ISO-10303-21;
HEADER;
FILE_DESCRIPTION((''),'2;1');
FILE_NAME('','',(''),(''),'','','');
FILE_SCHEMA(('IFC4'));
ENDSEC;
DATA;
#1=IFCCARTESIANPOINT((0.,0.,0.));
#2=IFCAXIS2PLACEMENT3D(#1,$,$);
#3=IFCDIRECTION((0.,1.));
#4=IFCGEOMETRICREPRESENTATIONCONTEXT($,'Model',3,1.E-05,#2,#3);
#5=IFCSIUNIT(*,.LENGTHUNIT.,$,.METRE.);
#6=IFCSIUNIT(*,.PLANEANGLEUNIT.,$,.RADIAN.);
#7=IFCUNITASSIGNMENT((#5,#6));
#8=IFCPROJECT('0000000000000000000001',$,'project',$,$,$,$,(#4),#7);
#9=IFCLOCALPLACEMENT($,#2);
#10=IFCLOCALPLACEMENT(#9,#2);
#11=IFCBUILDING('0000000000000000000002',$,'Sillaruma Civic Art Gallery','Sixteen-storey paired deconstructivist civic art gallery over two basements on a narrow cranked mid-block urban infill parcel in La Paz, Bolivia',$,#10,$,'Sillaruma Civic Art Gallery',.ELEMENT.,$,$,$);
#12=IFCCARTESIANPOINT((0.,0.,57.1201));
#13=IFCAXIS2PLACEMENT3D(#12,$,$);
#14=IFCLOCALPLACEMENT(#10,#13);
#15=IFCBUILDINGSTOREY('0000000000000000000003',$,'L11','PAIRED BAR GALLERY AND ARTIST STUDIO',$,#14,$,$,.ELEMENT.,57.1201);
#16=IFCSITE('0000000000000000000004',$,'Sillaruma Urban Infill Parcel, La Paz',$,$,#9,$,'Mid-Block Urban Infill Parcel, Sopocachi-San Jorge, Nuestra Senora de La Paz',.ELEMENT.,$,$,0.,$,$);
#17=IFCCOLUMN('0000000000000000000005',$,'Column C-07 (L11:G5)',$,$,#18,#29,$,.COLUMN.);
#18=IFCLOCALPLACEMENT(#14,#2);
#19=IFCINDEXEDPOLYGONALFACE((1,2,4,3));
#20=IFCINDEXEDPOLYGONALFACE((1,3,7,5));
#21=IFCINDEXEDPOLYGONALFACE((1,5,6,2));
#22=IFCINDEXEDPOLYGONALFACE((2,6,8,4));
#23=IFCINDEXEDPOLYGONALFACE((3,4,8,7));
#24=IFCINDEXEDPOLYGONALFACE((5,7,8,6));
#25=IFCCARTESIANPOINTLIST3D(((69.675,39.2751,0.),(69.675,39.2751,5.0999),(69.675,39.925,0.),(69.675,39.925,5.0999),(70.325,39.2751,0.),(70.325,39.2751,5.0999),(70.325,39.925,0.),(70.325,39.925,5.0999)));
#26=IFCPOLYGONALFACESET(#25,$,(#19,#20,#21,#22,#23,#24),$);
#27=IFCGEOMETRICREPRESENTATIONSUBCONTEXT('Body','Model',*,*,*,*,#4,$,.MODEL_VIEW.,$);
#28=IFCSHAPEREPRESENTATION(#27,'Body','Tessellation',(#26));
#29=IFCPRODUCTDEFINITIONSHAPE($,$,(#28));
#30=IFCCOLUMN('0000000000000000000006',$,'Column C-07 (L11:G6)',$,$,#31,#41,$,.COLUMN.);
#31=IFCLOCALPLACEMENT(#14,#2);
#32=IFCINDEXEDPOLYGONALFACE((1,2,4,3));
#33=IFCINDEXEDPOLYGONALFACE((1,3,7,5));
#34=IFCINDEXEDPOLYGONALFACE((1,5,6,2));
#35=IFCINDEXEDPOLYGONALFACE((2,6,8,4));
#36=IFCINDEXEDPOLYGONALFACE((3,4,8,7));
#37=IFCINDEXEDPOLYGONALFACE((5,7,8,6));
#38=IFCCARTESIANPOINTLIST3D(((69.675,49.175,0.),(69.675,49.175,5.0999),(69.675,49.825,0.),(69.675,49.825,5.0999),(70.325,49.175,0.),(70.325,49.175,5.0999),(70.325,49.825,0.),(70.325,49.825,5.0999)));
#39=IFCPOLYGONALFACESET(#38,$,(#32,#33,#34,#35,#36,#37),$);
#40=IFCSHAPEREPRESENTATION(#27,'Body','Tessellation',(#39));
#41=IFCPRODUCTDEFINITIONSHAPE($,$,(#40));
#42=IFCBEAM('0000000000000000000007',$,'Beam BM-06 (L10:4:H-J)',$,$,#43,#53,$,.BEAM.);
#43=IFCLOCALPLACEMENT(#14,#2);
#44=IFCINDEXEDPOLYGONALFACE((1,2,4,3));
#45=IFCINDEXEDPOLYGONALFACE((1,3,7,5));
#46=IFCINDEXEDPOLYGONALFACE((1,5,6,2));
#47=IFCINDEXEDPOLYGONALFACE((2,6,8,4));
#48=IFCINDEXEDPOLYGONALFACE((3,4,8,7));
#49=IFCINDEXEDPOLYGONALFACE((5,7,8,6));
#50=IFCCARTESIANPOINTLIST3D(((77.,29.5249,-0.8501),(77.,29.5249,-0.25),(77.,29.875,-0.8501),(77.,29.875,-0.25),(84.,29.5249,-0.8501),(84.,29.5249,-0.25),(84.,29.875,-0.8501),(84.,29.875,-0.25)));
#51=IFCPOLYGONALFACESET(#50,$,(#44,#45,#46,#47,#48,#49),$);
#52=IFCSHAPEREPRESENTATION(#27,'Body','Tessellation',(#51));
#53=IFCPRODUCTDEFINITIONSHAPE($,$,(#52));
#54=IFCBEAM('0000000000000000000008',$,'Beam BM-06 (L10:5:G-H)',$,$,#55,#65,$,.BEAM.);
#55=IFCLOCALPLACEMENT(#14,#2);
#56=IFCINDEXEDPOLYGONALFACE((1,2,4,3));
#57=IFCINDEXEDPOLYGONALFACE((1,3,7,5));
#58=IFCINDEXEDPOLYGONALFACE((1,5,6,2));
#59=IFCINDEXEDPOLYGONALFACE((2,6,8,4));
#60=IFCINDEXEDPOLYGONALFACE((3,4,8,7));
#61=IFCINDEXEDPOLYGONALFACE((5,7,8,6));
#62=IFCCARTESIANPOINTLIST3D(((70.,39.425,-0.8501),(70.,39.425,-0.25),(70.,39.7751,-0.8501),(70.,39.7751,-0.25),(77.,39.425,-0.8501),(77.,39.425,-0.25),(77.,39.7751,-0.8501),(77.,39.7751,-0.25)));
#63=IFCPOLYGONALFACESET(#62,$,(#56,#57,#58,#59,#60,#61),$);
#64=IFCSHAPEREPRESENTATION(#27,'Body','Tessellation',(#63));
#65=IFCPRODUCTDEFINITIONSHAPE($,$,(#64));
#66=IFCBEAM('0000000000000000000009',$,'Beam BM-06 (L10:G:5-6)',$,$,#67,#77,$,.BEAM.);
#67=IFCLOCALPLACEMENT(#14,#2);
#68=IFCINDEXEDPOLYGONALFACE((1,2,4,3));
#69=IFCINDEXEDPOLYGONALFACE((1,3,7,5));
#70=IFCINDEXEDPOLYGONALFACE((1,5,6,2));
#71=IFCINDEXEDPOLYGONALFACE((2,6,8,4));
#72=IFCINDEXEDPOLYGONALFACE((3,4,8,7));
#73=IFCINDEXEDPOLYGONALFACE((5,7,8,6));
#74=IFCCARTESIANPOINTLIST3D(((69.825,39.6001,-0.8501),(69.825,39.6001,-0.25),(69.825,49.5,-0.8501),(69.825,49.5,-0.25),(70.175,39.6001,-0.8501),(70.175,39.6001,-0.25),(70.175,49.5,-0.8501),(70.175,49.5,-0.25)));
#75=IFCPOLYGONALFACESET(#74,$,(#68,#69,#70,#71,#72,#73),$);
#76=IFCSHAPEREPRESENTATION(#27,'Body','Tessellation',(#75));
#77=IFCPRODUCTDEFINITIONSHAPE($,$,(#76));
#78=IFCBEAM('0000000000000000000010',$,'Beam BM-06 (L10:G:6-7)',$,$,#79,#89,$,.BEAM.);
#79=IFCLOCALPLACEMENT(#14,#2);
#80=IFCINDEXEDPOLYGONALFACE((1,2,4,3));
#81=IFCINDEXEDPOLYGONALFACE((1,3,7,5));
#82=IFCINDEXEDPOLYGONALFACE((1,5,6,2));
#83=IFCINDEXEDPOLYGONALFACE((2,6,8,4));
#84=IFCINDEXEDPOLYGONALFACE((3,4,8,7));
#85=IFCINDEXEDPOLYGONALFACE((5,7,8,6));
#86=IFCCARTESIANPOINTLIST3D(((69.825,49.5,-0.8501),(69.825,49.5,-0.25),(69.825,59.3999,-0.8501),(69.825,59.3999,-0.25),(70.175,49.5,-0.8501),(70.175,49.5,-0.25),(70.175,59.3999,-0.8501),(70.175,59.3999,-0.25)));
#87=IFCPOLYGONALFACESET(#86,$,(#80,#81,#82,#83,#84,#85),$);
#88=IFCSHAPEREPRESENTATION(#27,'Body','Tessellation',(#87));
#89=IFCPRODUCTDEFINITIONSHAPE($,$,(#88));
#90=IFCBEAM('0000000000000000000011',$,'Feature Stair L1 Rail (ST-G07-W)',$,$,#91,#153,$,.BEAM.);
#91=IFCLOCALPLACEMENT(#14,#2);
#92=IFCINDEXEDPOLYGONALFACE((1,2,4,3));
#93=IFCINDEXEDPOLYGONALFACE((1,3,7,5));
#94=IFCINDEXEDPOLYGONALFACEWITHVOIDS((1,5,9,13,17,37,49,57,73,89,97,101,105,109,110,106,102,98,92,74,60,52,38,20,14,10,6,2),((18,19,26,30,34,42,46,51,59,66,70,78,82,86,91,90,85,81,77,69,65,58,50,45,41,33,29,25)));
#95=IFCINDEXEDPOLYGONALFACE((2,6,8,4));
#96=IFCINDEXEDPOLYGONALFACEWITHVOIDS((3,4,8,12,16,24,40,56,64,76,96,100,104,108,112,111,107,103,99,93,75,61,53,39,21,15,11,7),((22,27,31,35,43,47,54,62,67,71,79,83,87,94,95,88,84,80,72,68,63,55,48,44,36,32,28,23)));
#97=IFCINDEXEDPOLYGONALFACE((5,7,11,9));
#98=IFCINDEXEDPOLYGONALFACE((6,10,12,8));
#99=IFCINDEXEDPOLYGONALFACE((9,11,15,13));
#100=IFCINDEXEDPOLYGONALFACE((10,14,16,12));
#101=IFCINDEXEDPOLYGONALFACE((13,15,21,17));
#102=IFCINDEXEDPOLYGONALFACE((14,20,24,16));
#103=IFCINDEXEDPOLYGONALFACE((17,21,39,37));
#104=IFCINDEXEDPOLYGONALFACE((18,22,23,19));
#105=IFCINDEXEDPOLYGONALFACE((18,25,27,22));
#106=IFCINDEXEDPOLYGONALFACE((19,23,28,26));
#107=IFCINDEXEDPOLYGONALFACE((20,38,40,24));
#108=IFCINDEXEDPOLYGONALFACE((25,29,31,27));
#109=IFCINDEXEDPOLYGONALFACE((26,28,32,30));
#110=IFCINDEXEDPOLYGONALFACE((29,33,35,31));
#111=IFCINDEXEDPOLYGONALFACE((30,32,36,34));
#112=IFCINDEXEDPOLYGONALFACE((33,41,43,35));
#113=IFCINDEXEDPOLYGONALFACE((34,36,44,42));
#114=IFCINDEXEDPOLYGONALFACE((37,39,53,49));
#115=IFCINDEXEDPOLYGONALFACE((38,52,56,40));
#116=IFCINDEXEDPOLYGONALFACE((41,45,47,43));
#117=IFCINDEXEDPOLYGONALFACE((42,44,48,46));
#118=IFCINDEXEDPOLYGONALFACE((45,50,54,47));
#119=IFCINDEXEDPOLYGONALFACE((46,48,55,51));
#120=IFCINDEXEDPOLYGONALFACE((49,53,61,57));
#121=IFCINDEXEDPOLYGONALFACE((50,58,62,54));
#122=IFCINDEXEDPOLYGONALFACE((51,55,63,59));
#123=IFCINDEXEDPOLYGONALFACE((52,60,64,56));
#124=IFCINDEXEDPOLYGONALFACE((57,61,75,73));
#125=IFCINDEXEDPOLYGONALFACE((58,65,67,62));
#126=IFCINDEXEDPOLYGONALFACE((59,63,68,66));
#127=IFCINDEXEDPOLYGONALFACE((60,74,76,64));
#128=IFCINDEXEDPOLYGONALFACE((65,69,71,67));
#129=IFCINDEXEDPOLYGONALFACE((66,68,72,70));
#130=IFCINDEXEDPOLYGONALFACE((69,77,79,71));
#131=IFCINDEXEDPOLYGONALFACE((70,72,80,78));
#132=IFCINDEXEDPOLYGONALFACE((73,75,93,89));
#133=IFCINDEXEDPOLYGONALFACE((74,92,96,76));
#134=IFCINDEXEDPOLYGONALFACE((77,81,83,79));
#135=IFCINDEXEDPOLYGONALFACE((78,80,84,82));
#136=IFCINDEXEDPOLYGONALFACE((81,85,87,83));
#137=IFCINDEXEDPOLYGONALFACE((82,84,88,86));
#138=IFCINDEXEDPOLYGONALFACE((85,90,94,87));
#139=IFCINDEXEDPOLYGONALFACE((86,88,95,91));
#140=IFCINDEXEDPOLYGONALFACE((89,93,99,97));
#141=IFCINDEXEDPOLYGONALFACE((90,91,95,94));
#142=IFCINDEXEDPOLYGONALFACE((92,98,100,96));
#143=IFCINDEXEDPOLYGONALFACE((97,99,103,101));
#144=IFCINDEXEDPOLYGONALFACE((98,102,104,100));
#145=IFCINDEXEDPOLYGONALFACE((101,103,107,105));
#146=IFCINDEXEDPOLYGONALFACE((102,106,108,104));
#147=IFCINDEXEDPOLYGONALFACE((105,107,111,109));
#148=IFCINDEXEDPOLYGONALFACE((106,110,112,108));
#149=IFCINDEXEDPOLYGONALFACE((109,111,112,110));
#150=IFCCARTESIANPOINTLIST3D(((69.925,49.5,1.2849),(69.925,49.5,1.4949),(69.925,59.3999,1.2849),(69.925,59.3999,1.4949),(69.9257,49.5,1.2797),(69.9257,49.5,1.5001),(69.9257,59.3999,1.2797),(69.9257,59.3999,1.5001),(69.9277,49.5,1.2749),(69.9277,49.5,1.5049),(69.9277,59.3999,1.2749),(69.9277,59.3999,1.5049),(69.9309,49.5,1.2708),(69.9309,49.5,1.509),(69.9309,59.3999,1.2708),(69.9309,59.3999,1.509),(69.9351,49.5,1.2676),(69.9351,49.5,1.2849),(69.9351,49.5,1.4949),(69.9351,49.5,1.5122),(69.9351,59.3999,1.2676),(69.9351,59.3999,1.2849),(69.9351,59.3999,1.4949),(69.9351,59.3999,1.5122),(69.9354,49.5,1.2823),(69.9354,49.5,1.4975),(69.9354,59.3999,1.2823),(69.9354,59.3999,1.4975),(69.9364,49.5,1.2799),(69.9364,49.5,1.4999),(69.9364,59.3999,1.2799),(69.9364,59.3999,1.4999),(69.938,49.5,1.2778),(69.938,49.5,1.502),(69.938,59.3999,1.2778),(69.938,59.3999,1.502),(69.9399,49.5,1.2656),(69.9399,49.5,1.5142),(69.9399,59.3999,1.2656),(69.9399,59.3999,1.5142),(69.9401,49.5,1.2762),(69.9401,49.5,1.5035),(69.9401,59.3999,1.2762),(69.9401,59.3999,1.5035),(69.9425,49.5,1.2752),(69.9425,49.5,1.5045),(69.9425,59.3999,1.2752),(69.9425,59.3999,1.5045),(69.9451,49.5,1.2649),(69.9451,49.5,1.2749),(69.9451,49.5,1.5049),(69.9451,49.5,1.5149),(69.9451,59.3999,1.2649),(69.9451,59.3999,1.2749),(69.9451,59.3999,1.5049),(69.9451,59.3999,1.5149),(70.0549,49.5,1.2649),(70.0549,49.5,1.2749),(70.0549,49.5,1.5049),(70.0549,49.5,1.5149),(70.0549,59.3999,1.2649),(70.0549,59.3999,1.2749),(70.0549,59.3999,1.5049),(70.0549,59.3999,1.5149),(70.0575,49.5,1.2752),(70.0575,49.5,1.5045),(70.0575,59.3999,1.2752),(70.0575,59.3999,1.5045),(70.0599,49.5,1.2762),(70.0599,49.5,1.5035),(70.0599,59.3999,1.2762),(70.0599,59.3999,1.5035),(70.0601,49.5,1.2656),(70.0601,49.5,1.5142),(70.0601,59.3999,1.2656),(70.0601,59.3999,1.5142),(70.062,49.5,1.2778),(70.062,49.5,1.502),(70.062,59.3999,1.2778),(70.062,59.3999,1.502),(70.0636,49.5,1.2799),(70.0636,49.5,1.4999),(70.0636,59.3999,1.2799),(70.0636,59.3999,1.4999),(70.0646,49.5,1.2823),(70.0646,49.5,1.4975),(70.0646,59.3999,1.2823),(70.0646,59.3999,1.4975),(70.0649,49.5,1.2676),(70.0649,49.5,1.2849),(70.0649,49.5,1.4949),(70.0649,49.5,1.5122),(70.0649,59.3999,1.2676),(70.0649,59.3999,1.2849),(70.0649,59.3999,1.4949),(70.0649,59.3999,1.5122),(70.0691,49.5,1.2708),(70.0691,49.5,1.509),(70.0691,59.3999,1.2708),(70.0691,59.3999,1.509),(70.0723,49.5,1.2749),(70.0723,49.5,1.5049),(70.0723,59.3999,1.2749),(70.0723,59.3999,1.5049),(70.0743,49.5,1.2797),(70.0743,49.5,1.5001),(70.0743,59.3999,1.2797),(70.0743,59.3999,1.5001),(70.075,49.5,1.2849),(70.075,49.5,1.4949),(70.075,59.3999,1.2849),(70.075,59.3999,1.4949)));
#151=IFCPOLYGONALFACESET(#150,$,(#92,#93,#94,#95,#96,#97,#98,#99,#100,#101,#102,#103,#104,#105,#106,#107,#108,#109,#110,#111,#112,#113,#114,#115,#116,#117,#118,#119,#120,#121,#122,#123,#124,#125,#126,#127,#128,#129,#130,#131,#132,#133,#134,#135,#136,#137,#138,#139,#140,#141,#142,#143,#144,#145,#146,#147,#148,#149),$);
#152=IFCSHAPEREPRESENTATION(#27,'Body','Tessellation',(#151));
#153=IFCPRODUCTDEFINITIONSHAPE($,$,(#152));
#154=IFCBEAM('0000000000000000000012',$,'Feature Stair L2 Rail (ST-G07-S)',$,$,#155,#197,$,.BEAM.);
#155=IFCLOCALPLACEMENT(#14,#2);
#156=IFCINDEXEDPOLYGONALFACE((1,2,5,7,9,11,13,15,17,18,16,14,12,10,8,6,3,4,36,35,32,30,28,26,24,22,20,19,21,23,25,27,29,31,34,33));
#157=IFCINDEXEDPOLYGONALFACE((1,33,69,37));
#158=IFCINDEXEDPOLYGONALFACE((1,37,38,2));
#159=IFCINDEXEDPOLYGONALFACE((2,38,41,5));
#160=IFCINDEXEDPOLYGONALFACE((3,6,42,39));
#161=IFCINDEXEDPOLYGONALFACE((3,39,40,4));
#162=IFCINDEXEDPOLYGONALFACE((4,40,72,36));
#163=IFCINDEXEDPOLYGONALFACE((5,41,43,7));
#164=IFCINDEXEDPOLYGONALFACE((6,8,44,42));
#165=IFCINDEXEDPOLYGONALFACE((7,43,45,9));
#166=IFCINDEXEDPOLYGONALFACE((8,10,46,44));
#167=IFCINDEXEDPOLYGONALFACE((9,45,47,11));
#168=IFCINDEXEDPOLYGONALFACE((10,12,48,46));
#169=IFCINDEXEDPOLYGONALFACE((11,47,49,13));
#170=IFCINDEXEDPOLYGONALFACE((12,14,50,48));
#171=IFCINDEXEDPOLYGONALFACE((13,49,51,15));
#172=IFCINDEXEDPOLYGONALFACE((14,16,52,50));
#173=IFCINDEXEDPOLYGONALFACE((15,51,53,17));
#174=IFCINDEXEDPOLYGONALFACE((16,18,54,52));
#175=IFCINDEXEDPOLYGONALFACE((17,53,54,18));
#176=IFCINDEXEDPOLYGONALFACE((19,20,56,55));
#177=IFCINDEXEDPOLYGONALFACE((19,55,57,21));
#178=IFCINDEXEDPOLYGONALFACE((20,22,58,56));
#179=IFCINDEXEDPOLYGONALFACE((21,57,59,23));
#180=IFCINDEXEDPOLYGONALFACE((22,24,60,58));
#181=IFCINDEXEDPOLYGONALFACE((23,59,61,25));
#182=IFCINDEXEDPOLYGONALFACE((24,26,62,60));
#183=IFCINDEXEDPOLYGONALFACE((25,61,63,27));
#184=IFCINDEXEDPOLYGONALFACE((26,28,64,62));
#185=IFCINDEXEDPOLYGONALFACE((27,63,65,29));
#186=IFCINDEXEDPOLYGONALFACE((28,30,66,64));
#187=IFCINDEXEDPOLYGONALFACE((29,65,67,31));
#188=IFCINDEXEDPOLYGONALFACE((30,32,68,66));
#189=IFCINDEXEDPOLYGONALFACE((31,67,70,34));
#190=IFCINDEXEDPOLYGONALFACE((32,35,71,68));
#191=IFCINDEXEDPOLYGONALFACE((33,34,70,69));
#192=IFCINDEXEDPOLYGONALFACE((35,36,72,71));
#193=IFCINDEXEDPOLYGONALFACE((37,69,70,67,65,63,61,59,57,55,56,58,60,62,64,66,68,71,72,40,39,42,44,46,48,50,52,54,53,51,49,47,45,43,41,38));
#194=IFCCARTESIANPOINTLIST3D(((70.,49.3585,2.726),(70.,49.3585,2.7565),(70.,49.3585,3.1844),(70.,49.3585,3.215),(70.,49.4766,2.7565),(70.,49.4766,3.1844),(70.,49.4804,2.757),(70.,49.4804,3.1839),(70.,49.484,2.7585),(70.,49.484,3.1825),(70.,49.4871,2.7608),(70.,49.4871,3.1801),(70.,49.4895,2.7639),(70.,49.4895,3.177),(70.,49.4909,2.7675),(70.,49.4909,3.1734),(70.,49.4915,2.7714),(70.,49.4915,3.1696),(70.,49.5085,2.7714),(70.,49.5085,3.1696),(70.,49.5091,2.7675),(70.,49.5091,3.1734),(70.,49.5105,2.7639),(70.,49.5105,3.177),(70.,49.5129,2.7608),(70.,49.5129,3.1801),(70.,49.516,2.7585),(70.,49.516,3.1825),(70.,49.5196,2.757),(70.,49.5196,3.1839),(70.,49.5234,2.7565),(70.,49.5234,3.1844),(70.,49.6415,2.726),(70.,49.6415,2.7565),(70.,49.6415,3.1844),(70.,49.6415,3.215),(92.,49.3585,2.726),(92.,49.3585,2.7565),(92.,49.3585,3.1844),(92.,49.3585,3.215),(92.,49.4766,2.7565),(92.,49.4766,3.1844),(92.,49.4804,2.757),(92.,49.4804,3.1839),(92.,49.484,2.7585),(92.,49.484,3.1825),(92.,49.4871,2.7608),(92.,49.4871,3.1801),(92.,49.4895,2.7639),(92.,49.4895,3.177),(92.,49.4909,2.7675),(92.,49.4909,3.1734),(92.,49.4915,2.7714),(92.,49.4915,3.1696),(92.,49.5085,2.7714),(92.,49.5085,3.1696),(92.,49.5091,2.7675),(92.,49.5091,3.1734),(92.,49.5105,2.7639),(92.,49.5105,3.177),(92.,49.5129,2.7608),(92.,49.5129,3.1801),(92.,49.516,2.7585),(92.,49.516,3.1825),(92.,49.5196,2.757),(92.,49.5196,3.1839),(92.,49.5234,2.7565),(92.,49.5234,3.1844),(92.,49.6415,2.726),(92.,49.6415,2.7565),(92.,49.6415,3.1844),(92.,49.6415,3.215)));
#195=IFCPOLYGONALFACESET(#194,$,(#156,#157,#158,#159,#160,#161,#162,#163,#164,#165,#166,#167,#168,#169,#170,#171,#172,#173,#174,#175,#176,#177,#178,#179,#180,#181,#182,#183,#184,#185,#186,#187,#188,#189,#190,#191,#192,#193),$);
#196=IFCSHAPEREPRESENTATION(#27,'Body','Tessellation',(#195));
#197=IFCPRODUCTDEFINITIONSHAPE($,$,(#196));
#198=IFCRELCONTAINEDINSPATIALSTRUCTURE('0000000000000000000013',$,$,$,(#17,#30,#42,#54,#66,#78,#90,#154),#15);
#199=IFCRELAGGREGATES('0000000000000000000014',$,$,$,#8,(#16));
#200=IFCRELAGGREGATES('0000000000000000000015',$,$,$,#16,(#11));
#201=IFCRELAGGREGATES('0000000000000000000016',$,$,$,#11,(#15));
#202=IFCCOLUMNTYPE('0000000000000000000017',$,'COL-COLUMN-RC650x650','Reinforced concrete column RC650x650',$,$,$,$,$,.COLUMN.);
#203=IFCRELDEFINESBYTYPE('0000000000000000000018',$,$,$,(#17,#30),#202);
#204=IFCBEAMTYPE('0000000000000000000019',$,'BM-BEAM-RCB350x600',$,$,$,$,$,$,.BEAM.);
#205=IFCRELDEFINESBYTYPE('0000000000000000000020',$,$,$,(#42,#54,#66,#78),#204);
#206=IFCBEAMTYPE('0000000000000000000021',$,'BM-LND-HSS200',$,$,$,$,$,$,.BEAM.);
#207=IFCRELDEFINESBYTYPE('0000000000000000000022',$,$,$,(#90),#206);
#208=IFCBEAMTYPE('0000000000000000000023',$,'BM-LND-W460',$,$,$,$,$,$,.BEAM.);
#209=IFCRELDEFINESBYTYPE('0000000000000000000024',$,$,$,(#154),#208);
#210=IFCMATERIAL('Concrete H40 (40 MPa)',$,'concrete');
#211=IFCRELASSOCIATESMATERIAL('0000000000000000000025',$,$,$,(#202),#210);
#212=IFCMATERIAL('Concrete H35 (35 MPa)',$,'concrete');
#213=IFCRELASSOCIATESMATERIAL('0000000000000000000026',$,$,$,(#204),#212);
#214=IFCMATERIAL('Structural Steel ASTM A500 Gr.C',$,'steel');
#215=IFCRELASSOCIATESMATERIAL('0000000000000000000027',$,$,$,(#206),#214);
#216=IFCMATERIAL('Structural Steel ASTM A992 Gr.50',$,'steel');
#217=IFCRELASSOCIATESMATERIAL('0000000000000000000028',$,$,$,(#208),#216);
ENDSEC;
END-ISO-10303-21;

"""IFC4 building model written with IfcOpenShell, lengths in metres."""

from ifc_helpers import new_model, si_unit, direction, frame, origin, origin_2d, place, context, subcontext, project, spatial, rectangle, hollow_rectangle, i_section, extrude, material, material_profile, profile_set, type_object, element, save


model = new_model("IFC4")

# Units and contexts
model_context = context("Model", 3, precision=1e-05, world=origin(), true_north=direction((0.0, 1.0)))
body_context = subcontext(model_context, "Body", "Model", "MODEL_VIEW")
ifc_project = project(units=[si_unit("LENGTHUNIT", "METRE"), si_unit("PLANEANGLEUNIT", "RADIAN")], contexts=[model_context])

# Site, building, storey
site_placement = place(None, origin())
site = spatial("IfcSite", under=ifc_project, at=site_placement, Name="Sillaruma Urban Infill Parcel, La Paz", LongName="Mid-Block Urban Infill Parcel, Sopocachi-San Jorge, Nuestra Senora de La Paz", CompositionType="ELEMENT", RefElevation=0.0)
building_placement = place(site_placement, origin())
building = spatial("IfcBuilding", under=site, at=building_placement, Name="Sillaruma Civic Art Gallery", Description="Sixteen-storey paired deconstructivist civic art gallery over two basements on a narrow cranked mid-block urban infill parcel in La Paz, Bolivia", LongName="Sillaruma Civic Art Gallery", CompositionType="ELEMENT")
storey_placement = place(building_placement, frame((0.0, 0.0, 57.1201)))
storey = spatial("IfcBuildingStorey", under=building, at=storey_placement, Name="L11", Description="PAIRED BAR GALLERY AND ARTIST STUDIO", CompositionType="ELEMENT", Elevation=57.1201)

# Columns
ifc_material_1 = material(Name="Concrete H40 (40 MPa)", Category="concrete")
ifc_material_profile_1 = material_profile(ifc_material_1, rectangle(XDim=0.6499, YDim=0.6499, at=origin_2d()), Name="RC650x650")
ifc_profile_set_1 = profile_set([ifc_material_profile_1], Name="Concrete H40 (40 MPa)")
column_type = type_object("IfcColumnType", Name="COL-COLUMN-RC650x650", Description="Reinforced concrete column RC650x650", PredefinedType="COLUMN", material=ifc_profile_set_1)
for number, where, z_axis, x_axis, name in (
    (1, (70.0, 39.6001, 0.0), (0.0, 0.0, 1.0), (1.0, 0.0, 0.0), "Column C-07 (L11:G5)"),
    (2, (70.0, 49.5, 0.0), (0.0, 0.0, 1.0), (1.0, 0.0, 0.0), "Column C-07 (L11:G6)"),
):
    element("IfcColumn", number, at=place(storey_placement, frame(where, z_axis=z_axis, x_axis=x_axis)), inside=storey, type_object=column_type, Name=name, PredefinedType="COLUMN", context=body_context, shape_type="SweptSolid", body=[
        extrude(rectangle(XDim=0.6499, YDim=0.6499, at=origin_2d()), origin(), (0.0, 0.0, 1.0), 5.0999),
    ])

# Beams
ifc_material_2 = material(Name="Concrete H35 (35 MPa)", Category="concrete")
ifc_material_profile_2 = material_profile(ifc_material_2, rectangle(XDim=0.3501, YDim=0.6001, at=origin_2d()), Name="RCB350x600")
ifc_profile_set_2 = profile_set([ifc_material_profile_2], Name="Concrete H35 (35 MPa)")
beam_type_1 = type_object("IfcBeamType", Name="BM-BEAM-RCB350x600", PredefinedType="BEAM", material=ifc_profile_set_2)
for number, where, z_axis, x_axis, name in (
    (3, (77.0, 29.7, -0.55), (1.0, 0.0, 0.0), (0.0, 1.0, 0.0), "Beam BM-06 (L10:4:H-J)"),
    (4, (70.0, 39.6001, -0.55), (1.0, 0.0, 0.0), (0.0, 1.0, 0.0), "Beam BM-06 (L10:5:G-H)"),
):
    element("IfcBeam", number, at=place(storey_placement, frame(where, z_axis=z_axis, x_axis=x_axis)), inside=storey, type_object=beam_type_1, Name=name, PredefinedType="BEAM", context=body_context, shape_type="SweptSolid", body=[
        extrude(rectangle(XDim=0.3501, YDim=0.6001, at=origin_2d()), origin(), (0.0, 0.0, 1.0), 7.0),
    ])
for number, where, z_axis, x_axis, name in (
    (5, (70.0, 39.6001, -0.55), (0.0, 1.0, 0.0), (-1.0, 0.0, 0.0), "Beam BM-06 (L10:G:5-6)"),
    (6, (70.0, 49.5, -0.55), (0.0, 1.0, 0.0), (-1.0, 0.0, 0.0), "Beam BM-06 (L10:G:6-7)"),
):
    element("IfcBeam", number, at=place(storey_placement, frame(where, z_axis=z_axis, x_axis=x_axis)), inside=storey, type_object=beam_type_1, Name=name, PredefinedType="BEAM", context=body_context, shape_type="SweptSolid", body=[
        extrude(rectangle(XDim=0.3501, YDim=0.6001, at=origin_2d()), origin(), (0.0, 0.0, 1.0), 9.8999),
    ])
ifc_material_3 = material(Name="Structural Steel ASTM A500 Gr.C", Category="steel")
ifc_material_profile_3 = material_profile(ifc_material_3, hollow_rectangle(XDim=0.1499, YDim=0.25, WallThickness=0.01, InnerFilletRadius=0.01, OuterFilletRadius=0.02, at=origin_2d()), Name="HSS250x150x10")
ifc_profile_set_3 = profile_set([ifc_material_profile_3], Name="Structural Steel ASTM A500 Gr.C")
beam_type_2 = type_object("IfcBeamType", Name="BM-LND-HSS200", PredefinedType="BEAM", material=ifc_profile_set_3)
beam_1_placement = place(storey_placement, frame((70.0, 49.5, 1.3899), z_axis=(0.0, 1.0, 0.0), x_axis=(-1.0, 0.0, 0.0)))
element("IfcBeam", 7, at=beam_1_placement, inside=storey, type_object=beam_type_2, Name="Feature Stair L1 Rail (ST-G07-W)", PredefinedType="BEAM", context=body_context, shape_type="SweptSolid", body=[
    extrude(hollow_rectangle(XDim=0.1499, YDim=0.25, WallThickness=0.01, InnerFilletRadius=0.01, OuterFilletRadius=0.02, at=origin_2d()), origin(), (0.0, 0.0, 1.0), 9.8999),
])
ifc_material_4 = material(Name="Structural Steel ASTM A992 Gr.50", Category="steel")
ifc_material_profile_4 = material_profile(ifc_material_4, i_section(OverallWidth=0.283, OverallDepth=0.489, WebThickness=0.0171, FlangeThickness=0.0305, FilletRadius=0.0149, at=origin_2d()), Name="W460x193")
ifc_profile_set_4 = profile_set([ifc_material_profile_4], Name="Structural Steel ASTM A992 Gr.50")
beam_type_3 = type_object("IfcBeamType", Name="BM-LND-W460", PredefinedType="BEAM", material=ifc_profile_set_4)
beam_2_placement = place(storey_placement, frame((70.0, 49.5, 2.9705), z_axis=(1.0, 0.0, 0.0), x_axis=(0.0, 1.0, 0.0)))
element("IfcBeam", 8, at=beam_2_placement, inside=storey, type_object=beam_type_3, Name="Feature Stair L2 Rail (ST-G07-S)", PredefinedType="BEAM", context=body_context, shape_type="SweptSolid", body=[
    extrude(i_section(OverallWidth=0.283, OverallDepth=0.489, WebThickness=0.0171, FlangeThickness=0.0305, FilletRadius=0.0149, at=origin_2d()), origin(), (0.0, 0.0, 1.0), 22.0),
])

save(model, "model.ifc")
